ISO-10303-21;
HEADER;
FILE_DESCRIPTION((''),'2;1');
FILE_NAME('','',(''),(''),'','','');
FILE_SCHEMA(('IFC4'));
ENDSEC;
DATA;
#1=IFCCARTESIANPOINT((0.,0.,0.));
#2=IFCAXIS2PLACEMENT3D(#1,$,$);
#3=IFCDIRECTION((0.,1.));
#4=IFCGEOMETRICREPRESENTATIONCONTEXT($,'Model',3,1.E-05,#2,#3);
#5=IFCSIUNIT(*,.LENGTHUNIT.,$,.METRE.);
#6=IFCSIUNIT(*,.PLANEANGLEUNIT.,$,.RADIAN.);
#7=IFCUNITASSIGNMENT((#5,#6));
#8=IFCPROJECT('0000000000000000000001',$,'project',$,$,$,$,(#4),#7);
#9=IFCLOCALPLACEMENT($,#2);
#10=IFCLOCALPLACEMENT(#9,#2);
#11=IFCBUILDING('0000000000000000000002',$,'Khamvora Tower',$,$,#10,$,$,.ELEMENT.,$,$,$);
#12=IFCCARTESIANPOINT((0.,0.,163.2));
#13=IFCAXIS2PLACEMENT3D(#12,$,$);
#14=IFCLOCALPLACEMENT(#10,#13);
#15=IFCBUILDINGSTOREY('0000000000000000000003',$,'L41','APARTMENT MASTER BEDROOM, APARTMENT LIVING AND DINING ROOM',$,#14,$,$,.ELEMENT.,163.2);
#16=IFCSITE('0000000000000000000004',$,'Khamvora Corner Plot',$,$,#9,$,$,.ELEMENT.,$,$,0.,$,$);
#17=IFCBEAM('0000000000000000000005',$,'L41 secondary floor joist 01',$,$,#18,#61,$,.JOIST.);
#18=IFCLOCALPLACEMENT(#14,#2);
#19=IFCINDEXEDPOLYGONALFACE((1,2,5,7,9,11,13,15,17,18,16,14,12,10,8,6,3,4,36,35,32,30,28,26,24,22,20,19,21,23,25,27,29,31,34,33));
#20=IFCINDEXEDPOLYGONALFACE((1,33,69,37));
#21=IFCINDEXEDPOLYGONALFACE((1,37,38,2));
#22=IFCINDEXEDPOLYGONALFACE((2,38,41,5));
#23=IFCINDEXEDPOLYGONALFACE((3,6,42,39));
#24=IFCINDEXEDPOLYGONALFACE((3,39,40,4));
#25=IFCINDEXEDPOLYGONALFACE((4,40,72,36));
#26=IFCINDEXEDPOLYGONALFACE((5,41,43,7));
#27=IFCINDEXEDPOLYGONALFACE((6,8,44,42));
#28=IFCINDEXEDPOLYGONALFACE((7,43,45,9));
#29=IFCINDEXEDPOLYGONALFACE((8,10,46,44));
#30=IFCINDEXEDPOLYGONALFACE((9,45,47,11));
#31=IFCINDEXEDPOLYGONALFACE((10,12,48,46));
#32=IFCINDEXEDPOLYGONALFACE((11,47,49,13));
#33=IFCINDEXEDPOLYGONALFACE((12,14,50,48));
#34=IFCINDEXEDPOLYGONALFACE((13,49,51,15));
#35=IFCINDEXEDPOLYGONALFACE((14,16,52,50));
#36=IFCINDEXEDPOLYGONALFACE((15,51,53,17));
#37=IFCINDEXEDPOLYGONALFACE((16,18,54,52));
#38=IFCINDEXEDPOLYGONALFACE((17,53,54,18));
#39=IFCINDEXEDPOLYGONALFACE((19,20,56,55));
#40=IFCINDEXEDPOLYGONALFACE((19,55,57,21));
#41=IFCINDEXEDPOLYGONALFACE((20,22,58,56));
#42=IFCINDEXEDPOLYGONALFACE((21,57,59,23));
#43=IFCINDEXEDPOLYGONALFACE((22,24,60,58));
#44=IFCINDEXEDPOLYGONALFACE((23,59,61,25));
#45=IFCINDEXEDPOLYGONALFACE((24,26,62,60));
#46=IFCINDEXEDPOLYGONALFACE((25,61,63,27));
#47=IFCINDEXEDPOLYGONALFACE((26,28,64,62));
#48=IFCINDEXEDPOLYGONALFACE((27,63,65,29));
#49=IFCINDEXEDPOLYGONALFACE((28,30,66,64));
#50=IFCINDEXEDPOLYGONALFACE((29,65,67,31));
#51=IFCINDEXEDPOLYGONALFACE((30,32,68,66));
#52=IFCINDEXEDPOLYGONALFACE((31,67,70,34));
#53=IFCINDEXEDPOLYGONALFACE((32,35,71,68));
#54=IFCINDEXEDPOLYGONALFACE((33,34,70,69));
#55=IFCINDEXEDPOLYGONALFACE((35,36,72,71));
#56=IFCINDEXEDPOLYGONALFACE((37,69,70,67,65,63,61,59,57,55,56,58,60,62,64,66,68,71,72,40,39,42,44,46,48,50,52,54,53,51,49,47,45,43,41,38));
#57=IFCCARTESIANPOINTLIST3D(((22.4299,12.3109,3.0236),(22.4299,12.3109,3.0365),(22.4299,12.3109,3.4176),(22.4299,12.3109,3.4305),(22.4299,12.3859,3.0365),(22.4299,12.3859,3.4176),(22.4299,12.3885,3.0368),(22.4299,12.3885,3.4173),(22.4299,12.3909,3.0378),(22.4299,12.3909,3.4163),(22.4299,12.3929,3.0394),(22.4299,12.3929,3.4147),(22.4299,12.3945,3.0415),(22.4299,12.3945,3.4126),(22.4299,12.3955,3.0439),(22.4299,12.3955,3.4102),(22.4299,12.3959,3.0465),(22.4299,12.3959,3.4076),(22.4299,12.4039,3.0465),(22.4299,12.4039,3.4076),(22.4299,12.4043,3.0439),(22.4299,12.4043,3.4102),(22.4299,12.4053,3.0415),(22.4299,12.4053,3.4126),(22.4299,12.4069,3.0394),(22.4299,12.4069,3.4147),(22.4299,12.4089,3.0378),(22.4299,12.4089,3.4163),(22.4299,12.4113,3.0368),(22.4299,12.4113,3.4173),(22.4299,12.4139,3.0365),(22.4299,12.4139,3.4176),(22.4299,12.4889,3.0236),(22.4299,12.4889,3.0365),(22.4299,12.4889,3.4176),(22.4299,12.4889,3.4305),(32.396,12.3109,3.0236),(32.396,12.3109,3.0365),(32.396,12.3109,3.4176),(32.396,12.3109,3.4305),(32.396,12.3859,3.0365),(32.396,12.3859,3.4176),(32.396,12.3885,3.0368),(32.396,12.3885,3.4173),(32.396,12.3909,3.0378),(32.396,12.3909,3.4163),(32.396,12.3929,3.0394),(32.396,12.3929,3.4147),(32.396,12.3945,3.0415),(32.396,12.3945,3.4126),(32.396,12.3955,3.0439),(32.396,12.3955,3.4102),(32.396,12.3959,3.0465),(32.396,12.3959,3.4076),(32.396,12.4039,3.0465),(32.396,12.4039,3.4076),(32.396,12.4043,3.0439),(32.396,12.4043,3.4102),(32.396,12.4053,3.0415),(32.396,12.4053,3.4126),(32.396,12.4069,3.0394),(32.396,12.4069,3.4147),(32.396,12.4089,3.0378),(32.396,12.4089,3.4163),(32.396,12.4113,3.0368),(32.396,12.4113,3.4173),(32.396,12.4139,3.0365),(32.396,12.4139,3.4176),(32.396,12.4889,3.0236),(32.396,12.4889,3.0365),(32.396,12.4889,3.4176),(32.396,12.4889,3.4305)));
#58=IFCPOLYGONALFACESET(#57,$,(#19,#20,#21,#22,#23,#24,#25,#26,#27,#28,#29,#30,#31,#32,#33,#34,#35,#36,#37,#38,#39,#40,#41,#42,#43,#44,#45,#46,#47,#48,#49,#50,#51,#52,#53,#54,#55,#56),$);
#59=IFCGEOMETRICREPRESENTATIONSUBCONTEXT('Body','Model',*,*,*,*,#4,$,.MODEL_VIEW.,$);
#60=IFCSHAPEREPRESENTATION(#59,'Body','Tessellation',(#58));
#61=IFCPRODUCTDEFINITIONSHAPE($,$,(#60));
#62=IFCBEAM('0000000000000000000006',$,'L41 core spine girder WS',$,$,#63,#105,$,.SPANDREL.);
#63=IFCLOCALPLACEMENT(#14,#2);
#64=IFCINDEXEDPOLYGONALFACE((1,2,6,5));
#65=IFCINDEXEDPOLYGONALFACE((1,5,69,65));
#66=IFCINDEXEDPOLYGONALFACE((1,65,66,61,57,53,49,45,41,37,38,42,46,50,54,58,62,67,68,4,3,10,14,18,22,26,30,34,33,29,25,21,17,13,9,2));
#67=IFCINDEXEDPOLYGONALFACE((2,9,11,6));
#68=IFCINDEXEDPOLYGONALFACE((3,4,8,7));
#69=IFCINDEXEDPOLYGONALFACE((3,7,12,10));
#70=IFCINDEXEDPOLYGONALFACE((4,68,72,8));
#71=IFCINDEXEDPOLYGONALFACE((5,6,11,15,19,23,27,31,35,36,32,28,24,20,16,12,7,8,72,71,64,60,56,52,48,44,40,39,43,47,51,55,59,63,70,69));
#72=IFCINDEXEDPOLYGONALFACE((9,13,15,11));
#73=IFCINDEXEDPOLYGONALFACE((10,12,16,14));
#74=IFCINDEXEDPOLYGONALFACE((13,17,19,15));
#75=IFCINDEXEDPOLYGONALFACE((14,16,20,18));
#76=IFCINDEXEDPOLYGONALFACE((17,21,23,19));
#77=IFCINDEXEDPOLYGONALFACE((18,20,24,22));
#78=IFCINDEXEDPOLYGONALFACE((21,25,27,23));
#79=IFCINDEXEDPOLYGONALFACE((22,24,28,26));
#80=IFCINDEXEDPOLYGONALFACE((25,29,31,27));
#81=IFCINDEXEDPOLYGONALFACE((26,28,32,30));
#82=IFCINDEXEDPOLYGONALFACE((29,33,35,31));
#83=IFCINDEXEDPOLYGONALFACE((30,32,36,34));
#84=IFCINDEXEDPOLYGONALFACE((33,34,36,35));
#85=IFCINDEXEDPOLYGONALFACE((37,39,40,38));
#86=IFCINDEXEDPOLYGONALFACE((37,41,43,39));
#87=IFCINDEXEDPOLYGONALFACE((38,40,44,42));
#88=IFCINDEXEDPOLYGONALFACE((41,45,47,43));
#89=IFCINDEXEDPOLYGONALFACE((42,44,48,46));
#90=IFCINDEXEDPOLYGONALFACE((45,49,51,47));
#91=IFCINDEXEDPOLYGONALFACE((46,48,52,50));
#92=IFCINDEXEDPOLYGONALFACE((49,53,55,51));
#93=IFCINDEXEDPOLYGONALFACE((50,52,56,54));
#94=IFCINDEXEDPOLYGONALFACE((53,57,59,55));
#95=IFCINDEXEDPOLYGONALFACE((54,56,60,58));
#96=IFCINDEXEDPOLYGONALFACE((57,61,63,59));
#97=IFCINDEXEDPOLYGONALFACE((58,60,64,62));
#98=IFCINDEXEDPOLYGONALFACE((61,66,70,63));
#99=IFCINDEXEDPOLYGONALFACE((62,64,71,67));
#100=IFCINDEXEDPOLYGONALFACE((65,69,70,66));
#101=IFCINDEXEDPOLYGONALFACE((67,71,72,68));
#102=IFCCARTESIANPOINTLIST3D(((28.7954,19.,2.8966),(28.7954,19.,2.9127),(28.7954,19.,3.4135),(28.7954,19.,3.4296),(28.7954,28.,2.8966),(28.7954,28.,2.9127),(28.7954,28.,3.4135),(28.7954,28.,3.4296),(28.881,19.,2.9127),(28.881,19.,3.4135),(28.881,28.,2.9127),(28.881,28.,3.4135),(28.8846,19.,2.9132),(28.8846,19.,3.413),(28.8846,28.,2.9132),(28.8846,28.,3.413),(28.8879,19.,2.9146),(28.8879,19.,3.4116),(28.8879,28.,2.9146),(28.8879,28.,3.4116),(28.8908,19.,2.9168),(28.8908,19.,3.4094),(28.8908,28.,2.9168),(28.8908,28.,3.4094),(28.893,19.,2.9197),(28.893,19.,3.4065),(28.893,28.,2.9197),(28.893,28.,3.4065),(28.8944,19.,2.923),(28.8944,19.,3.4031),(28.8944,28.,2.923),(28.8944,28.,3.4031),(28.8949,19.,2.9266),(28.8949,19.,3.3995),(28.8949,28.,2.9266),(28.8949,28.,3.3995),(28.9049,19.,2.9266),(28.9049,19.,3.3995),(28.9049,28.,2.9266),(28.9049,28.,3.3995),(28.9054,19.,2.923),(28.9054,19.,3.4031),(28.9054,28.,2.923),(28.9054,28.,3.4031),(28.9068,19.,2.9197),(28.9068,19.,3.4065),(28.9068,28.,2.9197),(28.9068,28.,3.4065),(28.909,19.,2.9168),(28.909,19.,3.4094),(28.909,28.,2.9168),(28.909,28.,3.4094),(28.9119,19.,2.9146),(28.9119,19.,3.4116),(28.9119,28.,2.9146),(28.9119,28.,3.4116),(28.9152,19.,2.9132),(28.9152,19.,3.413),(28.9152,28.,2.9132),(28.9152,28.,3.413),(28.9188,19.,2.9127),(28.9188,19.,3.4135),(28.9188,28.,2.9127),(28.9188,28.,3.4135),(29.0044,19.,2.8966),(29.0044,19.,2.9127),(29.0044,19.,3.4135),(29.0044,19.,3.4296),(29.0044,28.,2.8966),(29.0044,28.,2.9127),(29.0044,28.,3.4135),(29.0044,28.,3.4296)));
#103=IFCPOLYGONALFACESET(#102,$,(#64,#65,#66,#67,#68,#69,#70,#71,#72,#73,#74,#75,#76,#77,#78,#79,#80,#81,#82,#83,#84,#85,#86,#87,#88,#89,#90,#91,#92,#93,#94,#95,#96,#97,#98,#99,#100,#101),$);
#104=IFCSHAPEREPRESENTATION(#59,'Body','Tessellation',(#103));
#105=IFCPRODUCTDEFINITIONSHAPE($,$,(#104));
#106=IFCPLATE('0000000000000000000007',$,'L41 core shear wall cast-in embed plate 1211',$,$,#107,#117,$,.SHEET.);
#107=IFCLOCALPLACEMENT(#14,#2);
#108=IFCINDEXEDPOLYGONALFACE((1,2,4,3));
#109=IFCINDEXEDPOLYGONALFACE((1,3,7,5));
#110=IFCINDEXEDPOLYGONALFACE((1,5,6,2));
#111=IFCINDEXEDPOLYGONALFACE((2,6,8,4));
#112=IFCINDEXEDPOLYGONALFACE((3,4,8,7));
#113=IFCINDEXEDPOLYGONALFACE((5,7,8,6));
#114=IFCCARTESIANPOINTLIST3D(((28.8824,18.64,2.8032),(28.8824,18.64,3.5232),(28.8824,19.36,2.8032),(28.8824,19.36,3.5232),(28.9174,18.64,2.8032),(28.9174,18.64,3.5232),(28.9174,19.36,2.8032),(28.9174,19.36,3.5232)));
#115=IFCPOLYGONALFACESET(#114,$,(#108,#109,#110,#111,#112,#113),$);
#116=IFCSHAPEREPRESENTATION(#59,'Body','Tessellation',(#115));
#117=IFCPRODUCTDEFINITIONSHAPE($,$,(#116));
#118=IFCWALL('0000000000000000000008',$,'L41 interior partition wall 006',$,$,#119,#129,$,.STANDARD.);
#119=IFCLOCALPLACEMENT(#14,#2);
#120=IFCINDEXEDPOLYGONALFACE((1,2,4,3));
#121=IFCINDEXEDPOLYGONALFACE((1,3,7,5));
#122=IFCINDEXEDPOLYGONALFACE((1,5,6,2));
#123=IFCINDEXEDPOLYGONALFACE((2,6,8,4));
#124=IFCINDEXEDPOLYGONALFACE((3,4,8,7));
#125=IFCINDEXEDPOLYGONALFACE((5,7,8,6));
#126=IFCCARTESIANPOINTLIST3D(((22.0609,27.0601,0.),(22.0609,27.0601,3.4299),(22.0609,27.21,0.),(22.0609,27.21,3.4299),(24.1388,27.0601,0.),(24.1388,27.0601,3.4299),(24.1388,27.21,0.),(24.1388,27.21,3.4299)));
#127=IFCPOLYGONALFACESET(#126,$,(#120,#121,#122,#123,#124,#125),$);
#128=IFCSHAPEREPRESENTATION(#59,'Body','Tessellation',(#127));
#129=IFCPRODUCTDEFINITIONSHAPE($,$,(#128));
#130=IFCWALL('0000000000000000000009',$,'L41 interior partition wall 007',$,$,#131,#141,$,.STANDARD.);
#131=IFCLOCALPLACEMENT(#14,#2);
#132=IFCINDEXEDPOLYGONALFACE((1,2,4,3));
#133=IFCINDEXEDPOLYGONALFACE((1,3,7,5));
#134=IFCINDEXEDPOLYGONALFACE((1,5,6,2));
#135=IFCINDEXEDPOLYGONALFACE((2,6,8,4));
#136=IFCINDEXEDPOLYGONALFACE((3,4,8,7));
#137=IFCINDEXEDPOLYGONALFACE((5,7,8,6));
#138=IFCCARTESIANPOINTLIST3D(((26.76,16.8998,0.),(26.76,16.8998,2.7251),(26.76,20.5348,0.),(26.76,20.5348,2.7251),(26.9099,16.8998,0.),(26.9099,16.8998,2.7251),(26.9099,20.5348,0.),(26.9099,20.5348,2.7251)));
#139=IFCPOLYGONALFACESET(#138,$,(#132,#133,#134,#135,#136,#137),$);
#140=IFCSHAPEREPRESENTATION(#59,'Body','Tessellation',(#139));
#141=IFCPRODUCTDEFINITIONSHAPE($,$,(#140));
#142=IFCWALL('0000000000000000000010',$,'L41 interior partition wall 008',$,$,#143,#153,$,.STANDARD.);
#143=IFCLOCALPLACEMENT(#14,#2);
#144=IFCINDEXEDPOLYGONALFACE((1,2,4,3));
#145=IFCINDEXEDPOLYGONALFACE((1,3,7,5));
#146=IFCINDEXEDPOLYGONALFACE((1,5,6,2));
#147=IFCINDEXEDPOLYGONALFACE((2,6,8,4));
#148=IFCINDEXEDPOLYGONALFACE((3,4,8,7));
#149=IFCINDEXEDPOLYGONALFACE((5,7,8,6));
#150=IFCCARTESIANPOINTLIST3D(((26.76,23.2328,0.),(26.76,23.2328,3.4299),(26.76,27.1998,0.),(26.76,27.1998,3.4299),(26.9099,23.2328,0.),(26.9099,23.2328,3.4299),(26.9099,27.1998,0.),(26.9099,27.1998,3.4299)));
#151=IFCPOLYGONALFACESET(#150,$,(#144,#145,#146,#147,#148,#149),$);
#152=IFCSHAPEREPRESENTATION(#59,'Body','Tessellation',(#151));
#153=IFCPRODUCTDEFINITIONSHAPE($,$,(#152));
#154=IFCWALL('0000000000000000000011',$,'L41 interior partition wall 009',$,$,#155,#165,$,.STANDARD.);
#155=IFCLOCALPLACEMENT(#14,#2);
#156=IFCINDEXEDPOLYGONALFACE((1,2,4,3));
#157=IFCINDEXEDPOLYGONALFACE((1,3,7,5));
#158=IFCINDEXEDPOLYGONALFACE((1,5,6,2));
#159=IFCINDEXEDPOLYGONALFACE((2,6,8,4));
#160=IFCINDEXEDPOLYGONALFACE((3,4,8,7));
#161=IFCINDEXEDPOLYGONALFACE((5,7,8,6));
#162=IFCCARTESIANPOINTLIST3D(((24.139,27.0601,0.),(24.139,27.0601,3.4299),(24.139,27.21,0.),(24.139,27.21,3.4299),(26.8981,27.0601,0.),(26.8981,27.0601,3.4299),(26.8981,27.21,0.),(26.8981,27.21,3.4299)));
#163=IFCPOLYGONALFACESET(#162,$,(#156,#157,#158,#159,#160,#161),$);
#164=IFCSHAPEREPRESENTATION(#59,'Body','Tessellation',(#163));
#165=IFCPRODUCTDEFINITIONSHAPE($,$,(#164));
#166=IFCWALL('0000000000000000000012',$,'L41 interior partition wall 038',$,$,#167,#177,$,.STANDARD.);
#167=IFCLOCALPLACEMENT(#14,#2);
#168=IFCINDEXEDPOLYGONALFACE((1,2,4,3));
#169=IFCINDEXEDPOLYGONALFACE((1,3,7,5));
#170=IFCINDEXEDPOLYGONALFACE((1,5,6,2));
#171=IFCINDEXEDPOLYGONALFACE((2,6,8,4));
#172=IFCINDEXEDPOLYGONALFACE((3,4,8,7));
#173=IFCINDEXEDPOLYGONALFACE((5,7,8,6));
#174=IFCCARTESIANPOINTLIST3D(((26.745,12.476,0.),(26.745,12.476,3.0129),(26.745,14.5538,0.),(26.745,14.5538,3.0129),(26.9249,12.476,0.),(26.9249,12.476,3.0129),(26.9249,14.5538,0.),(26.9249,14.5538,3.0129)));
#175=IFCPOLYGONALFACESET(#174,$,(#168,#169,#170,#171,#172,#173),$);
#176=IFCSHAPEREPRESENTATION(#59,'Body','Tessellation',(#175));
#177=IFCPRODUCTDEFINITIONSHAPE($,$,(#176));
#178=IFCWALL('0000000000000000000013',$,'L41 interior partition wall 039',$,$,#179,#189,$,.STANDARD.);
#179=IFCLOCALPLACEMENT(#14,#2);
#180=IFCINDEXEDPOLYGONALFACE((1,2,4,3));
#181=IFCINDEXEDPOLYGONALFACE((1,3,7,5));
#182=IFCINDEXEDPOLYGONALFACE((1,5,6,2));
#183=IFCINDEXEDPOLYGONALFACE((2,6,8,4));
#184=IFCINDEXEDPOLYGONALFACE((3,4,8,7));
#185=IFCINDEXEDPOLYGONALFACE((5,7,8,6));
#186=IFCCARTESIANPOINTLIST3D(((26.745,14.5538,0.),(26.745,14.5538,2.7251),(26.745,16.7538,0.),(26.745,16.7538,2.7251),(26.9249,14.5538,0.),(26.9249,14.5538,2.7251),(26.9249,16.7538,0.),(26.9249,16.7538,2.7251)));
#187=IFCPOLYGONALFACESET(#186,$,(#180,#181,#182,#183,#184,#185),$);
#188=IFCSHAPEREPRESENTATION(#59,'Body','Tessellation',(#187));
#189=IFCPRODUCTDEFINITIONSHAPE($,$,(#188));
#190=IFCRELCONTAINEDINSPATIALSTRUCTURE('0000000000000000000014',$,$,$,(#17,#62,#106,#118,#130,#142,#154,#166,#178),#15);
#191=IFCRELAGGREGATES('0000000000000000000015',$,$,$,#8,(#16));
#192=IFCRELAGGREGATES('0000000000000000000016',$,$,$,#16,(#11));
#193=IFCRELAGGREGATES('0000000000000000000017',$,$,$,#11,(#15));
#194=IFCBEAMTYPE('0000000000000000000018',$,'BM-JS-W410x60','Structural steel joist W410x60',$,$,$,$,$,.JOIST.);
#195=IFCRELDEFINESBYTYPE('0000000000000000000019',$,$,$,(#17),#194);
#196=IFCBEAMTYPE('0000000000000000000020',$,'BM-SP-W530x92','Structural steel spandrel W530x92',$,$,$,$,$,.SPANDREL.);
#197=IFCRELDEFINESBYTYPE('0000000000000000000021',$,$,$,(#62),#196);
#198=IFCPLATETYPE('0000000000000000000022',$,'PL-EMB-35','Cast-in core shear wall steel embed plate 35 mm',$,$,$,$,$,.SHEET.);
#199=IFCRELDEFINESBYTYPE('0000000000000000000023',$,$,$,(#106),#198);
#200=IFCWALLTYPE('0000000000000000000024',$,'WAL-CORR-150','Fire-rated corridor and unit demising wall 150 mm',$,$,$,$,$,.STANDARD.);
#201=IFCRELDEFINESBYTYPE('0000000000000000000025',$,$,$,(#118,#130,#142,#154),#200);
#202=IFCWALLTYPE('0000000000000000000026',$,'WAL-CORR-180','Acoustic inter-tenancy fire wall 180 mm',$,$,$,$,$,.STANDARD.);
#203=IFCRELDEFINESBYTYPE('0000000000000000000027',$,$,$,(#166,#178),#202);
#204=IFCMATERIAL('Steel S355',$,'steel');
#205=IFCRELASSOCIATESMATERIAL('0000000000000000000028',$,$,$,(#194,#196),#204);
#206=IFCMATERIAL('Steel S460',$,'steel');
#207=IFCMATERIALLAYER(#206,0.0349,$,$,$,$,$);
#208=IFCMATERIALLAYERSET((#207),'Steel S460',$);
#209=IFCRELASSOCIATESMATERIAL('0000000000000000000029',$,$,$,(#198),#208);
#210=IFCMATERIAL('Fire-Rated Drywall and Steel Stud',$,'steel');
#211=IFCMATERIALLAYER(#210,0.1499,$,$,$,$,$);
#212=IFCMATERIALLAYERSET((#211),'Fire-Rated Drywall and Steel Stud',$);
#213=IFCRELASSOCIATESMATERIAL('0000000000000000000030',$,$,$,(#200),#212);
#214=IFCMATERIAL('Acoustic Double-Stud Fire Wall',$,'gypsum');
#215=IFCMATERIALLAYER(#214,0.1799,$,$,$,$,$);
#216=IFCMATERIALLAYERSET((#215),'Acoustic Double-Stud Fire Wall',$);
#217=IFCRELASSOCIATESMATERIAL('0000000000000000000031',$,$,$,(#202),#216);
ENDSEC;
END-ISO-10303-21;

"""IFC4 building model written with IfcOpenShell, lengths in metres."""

from ifc_helpers import new_model, si_unit, direction, frame, frame_2d, origin, origin_2d, place, context, subcontext, project, spatial, rectangle, i_section, extrude, material, layer, layer_set, material_profile, profile_set, type_object, element, save


model = new_model("IFC4")

# Units and contexts
model_context = context("Model", 3, precision=1e-05, world=origin(), true_north=direction((0.0, 1.0)))
body_context = subcontext(model_context, "Body", "Model", "MODEL_VIEW")
ifc_project = project(units=[si_unit("LENGTHUNIT", "METRE"), si_unit("PLANEANGLEUNIT", "RADIAN")], contexts=[model_context])

# Site, building, storey
site_placement = place(None, origin())
site = spatial("IfcSite", under=ifc_project, at=site_placement, Name="Khamvora Corner Plot", CompositionType="ELEMENT", RefElevation=0.0)
building_placement = place(site_placement, origin())
building = spatial("IfcBuilding", under=site, at=building_placement, Name="Khamvora Tower", CompositionType="ELEMENT")
storey_placement = place(building_placement, frame((0.0, 0.0, 163.2)))
storey = spatial("IfcBuildingStorey", under=building, at=storey_placement, Name="L41", Description="APARTMENT MASTER BEDROOM, APARTMENT LIVING AND DINING ROOM", CompositionType="ELEMENT", Elevation=163.2)

# Beams
ifc_material_1 = material(Name="Steel S355", Category="steel")
ifc_material_profile_1 = material_profile(ifc_material_1, i_section(OverallWidth=0.178, OverallDepth=0.407, WebThickness=0.0081, FlangeThickness=0.0129, FilletRadius=0.01, at=origin_2d()), Name="W410x60")
ifc_profile_set_1 = profile_set([ifc_material_profile_1], Name="Steel S355")
beam_type_1 = type_object("IfcBeamType", Name="BM-JS-W410x60", Description="Structural steel joist W410x60", PredefinedType="JOIST", material=ifc_profile_set_1)
beam_1_placement = place(storey_placement, frame((22.4299, 12.3999, 3.2271), z_axis=(1.0, 0.0, 0.0), x_axis=(0.0, 1.0, 0.0)))
element("IfcBeam", 1, at=beam_1_placement, inside=storey, type_object=beam_type_1, Name="L41 secondary floor joist 01", PredefinedType="JOIST", context=body_context, shape_type="SweptSolid", body=[
    extrude(i_section(OverallWidth=0.178, OverallDepth=0.407, WebThickness=0.0081, FlangeThickness=0.0129, FilletRadius=0.01, at=origin_2d()), origin(), (0.0, 0.0, 1.0), 9.9661),
])
ifc_material_profile_2 = material_profile(ifc_material_1, i_section(OverallWidth=0.209, OverallDepth=0.533, WebThickness=0.01, FlangeThickness=0.0161, FilletRadius=0.0139, at=origin_2d()), Name="W530x92")
ifc_profile_set_2 = profile_set([ifc_material_profile_2], Name="Steel S355")
beam_type_2 = type_object("IfcBeamType", Name="BM-SP-W530x92", Description="Structural steel spandrel W530x92", PredefinedType="SPANDREL", material=ifc_profile_set_2)
beam_2_placement = place(storey_placement, frame((28.8999, 19.0, 3.1631), z_axis=(0.0, 1.0, 0.0), x_axis=(-1.0, 0.0, 0.0)))
element("IfcBeam", 2, at=beam_2_placement, inside=storey, type_object=beam_type_2, Name="L41 core spine girder WS", PredefinedType="SPANDREL", context=body_context, shape_type="SweptSolid", body=[
    extrude(i_section(OverallWidth=0.209, OverallDepth=0.533, WebThickness=0.01, FlangeThickness=0.0161, FilletRadius=0.0139, at=origin_2d()), origin(), (0.0, 0.0, 1.0), 9.0),
])

# Plate
ifc_material_2 = material(Name="Steel S460", Category="steel")
ifc_layer_1 = layer(ifc_material_2, 0.0349)
ifc_layer_set_1 = layer_set([ifc_layer_1], Name="Steel S460")
plate_type = type_object("IfcPlateType", Name="PL-EMB-35", Description="Cast-in core shear wall steel embed plate 35 mm", PredefinedType="SHEET", material=ifc_layer_set_1)
plate_placement = place(storey_placement, frame((28.8999, 19.0, 2.8032), z_axis=(0.0, 0.0, 1.0), x_axis=(1.0, 0.0, 0.0)))
element("IfcPlate", 3, at=plate_placement, inside=storey, type_object=plate_type, Name="L41 core shear wall cast-in embed plate 1211", PredefinedType="SHEET", context=body_context, shape_type="SweptSolid", body=[
    extrude(rectangle(XDim=0.0349, YDim=0.72, at=origin_2d()), origin(), (0.0, 0.0, 1.0), 0.72),
])

# Shared definitions
ifc_material_3 = material(Name="Fire-Rated Drywall and Steel Stud", Category="steel")
ifc_layer_2 = layer(ifc_material_3, 0.1499)
ifc_layer_set_2 = layer_set([ifc_layer_2], Name="Fire-Rated Drywall and Steel Stud")
wall_type_1 = type_object("IfcWallType", Name="WAL-CORR-150", Description="Fire-rated corridor and unit demising wall 150 mm", PredefinedType="STANDARD", material=ifc_layer_set_2)

# Walls
wall_1_placement = place(storey_placement, frame((24.1389, 27.135, 0.0), z_axis=(0.0, 0.0, 1.0), x_axis=(-1.0, 0.0, 0.0)))
element("IfcWall", 4, at=wall_1_placement, inside=storey, type_object=wall_type_1, Name="L41 interior partition wall 006", PredefinedType="STANDARD", context=body_context, shape_type="SweptSolid", body=[
    extrude(rectangle(XDim=2.0779, YDim=0.1499, at=frame_2d((1.0391, 0.0))), origin(), (0.0, 0.0, 1.0), 3.4299),
])
wall_2_placement = place(storey_placement, frame((26.835, 16.8999, 0.0), z_axis=(0.0, 0.0, 1.0), x_axis=(0.0, 1.0, 0.0)))
element("IfcWall", 5, at=wall_2_placement, inside=storey, type_object=wall_type_1, Name="L41 interior partition wall 007", PredefinedType="STANDARD", context=body_context, shape_type="SweptSolid", body=[
    extrude(rectangle(XDim=3.635, YDim=0.1499, at=frame_2d((1.8174, 0.0))), origin(), (0.0, 0.0, 1.0), 2.7251),
])
wall_3_placement = place(storey_placement, frame((26.835, 23.2329, 0.0), z_axis=(0.0, 0.0, 1.0), x_axis=(0.0, 1.0, 0.0)))
element("IfcWall", 6, at=wall_3_placement, inside=storey, type_object=wall_type_1, Name="L41 interior partition wall 008", PredefinedType="STANDARD", context=body_context, shape_type="SweptSolid", body=[
    extrude(rectangle(XDim=3.967, YDim=0.1499, at=frame_2d((1.9834, 0.0))), origin(), (0.0, 0.0, 1.0), 3.4299),
])
wall_4_placement = place(storey_placement, frame((26.8979, 27.135, 0.0), z_axis=(0.0, 0.0, 1.0), x_axis=(-1.0, 0.0, 0.0)))
element("IfcWall", 7, at=wall_4_placement, inside=storey, type_object=wall_type_1, Name="L41 interior partition wall 009", PredefinedType="STANDARD", context=body_context, shape_type="SweptSolid", body=[
    extrude(rectangle(XDim=2.759, YDim=0.1499, at=frame_2d((1.3794, 0.0))), origin(), (0.0, 0.0, 1.0), 3.4299),
])
ifc_material_4 = material(Name="Acoustic Double-Stud Fire Wall", Category="gypsum")
ifc_layer_3 = layer(ifc_material_4, 0.1799)
ifc_layer_set_3 = layer_set([ifc_layer_3], Name="Acoustic Double-Stud Fire Wall")
wall_type_2 = type_object("IfcWallType", Name="WAL-CORR-180", Description="Acoustic inter-tenancy fire wall 180 mm", PredefinedType="STANDARD", material=ifc_layer_set_3)
wall_5_placement = place(storey_placement, frame((26.835, 14.554, 0.0), z_axis=(0.0, 0.0, 1.0), x_axis=(0.0, -1.0, 0.0)))
element("IfcWall", 8, at=wall_5_placement, inside=storey, type_object=wall_type_2, Name="L41 interior partition wall 038", PredefinedType="STANDARD", context=body_context, shape_type="SweptSolid", body=[
    extrude(rectangle(XDim=2.0779, YDim=0.1799, at=frame_2d((1.0391, 0.0))), origin(), (0.0, 0.0, 1.0), 3.0129),
])
wall_6_placement = place(storey_placement, frame((26.835, 16.7539, 0.0), z_axis=(0.0, 0.0, 1.0), x_axis=(0.0, -1.0, 0.0)))
element("IfcWall", 9, at=wall_6_placement, inside=storey, type_object=wall_type_2, Name="L41 interior partition wall 039", PredefinedType="STANDARD", context=body_context, shape_type="SweptSolid", body=[
    extrude(rectangle(XDim=2.2, YDim=0.1799, at=frame_2d((1.1001, 0.0))), origin(), (0.0, 0.0, 1.0), 2.7251),
])

save(model, "model.ifc")
